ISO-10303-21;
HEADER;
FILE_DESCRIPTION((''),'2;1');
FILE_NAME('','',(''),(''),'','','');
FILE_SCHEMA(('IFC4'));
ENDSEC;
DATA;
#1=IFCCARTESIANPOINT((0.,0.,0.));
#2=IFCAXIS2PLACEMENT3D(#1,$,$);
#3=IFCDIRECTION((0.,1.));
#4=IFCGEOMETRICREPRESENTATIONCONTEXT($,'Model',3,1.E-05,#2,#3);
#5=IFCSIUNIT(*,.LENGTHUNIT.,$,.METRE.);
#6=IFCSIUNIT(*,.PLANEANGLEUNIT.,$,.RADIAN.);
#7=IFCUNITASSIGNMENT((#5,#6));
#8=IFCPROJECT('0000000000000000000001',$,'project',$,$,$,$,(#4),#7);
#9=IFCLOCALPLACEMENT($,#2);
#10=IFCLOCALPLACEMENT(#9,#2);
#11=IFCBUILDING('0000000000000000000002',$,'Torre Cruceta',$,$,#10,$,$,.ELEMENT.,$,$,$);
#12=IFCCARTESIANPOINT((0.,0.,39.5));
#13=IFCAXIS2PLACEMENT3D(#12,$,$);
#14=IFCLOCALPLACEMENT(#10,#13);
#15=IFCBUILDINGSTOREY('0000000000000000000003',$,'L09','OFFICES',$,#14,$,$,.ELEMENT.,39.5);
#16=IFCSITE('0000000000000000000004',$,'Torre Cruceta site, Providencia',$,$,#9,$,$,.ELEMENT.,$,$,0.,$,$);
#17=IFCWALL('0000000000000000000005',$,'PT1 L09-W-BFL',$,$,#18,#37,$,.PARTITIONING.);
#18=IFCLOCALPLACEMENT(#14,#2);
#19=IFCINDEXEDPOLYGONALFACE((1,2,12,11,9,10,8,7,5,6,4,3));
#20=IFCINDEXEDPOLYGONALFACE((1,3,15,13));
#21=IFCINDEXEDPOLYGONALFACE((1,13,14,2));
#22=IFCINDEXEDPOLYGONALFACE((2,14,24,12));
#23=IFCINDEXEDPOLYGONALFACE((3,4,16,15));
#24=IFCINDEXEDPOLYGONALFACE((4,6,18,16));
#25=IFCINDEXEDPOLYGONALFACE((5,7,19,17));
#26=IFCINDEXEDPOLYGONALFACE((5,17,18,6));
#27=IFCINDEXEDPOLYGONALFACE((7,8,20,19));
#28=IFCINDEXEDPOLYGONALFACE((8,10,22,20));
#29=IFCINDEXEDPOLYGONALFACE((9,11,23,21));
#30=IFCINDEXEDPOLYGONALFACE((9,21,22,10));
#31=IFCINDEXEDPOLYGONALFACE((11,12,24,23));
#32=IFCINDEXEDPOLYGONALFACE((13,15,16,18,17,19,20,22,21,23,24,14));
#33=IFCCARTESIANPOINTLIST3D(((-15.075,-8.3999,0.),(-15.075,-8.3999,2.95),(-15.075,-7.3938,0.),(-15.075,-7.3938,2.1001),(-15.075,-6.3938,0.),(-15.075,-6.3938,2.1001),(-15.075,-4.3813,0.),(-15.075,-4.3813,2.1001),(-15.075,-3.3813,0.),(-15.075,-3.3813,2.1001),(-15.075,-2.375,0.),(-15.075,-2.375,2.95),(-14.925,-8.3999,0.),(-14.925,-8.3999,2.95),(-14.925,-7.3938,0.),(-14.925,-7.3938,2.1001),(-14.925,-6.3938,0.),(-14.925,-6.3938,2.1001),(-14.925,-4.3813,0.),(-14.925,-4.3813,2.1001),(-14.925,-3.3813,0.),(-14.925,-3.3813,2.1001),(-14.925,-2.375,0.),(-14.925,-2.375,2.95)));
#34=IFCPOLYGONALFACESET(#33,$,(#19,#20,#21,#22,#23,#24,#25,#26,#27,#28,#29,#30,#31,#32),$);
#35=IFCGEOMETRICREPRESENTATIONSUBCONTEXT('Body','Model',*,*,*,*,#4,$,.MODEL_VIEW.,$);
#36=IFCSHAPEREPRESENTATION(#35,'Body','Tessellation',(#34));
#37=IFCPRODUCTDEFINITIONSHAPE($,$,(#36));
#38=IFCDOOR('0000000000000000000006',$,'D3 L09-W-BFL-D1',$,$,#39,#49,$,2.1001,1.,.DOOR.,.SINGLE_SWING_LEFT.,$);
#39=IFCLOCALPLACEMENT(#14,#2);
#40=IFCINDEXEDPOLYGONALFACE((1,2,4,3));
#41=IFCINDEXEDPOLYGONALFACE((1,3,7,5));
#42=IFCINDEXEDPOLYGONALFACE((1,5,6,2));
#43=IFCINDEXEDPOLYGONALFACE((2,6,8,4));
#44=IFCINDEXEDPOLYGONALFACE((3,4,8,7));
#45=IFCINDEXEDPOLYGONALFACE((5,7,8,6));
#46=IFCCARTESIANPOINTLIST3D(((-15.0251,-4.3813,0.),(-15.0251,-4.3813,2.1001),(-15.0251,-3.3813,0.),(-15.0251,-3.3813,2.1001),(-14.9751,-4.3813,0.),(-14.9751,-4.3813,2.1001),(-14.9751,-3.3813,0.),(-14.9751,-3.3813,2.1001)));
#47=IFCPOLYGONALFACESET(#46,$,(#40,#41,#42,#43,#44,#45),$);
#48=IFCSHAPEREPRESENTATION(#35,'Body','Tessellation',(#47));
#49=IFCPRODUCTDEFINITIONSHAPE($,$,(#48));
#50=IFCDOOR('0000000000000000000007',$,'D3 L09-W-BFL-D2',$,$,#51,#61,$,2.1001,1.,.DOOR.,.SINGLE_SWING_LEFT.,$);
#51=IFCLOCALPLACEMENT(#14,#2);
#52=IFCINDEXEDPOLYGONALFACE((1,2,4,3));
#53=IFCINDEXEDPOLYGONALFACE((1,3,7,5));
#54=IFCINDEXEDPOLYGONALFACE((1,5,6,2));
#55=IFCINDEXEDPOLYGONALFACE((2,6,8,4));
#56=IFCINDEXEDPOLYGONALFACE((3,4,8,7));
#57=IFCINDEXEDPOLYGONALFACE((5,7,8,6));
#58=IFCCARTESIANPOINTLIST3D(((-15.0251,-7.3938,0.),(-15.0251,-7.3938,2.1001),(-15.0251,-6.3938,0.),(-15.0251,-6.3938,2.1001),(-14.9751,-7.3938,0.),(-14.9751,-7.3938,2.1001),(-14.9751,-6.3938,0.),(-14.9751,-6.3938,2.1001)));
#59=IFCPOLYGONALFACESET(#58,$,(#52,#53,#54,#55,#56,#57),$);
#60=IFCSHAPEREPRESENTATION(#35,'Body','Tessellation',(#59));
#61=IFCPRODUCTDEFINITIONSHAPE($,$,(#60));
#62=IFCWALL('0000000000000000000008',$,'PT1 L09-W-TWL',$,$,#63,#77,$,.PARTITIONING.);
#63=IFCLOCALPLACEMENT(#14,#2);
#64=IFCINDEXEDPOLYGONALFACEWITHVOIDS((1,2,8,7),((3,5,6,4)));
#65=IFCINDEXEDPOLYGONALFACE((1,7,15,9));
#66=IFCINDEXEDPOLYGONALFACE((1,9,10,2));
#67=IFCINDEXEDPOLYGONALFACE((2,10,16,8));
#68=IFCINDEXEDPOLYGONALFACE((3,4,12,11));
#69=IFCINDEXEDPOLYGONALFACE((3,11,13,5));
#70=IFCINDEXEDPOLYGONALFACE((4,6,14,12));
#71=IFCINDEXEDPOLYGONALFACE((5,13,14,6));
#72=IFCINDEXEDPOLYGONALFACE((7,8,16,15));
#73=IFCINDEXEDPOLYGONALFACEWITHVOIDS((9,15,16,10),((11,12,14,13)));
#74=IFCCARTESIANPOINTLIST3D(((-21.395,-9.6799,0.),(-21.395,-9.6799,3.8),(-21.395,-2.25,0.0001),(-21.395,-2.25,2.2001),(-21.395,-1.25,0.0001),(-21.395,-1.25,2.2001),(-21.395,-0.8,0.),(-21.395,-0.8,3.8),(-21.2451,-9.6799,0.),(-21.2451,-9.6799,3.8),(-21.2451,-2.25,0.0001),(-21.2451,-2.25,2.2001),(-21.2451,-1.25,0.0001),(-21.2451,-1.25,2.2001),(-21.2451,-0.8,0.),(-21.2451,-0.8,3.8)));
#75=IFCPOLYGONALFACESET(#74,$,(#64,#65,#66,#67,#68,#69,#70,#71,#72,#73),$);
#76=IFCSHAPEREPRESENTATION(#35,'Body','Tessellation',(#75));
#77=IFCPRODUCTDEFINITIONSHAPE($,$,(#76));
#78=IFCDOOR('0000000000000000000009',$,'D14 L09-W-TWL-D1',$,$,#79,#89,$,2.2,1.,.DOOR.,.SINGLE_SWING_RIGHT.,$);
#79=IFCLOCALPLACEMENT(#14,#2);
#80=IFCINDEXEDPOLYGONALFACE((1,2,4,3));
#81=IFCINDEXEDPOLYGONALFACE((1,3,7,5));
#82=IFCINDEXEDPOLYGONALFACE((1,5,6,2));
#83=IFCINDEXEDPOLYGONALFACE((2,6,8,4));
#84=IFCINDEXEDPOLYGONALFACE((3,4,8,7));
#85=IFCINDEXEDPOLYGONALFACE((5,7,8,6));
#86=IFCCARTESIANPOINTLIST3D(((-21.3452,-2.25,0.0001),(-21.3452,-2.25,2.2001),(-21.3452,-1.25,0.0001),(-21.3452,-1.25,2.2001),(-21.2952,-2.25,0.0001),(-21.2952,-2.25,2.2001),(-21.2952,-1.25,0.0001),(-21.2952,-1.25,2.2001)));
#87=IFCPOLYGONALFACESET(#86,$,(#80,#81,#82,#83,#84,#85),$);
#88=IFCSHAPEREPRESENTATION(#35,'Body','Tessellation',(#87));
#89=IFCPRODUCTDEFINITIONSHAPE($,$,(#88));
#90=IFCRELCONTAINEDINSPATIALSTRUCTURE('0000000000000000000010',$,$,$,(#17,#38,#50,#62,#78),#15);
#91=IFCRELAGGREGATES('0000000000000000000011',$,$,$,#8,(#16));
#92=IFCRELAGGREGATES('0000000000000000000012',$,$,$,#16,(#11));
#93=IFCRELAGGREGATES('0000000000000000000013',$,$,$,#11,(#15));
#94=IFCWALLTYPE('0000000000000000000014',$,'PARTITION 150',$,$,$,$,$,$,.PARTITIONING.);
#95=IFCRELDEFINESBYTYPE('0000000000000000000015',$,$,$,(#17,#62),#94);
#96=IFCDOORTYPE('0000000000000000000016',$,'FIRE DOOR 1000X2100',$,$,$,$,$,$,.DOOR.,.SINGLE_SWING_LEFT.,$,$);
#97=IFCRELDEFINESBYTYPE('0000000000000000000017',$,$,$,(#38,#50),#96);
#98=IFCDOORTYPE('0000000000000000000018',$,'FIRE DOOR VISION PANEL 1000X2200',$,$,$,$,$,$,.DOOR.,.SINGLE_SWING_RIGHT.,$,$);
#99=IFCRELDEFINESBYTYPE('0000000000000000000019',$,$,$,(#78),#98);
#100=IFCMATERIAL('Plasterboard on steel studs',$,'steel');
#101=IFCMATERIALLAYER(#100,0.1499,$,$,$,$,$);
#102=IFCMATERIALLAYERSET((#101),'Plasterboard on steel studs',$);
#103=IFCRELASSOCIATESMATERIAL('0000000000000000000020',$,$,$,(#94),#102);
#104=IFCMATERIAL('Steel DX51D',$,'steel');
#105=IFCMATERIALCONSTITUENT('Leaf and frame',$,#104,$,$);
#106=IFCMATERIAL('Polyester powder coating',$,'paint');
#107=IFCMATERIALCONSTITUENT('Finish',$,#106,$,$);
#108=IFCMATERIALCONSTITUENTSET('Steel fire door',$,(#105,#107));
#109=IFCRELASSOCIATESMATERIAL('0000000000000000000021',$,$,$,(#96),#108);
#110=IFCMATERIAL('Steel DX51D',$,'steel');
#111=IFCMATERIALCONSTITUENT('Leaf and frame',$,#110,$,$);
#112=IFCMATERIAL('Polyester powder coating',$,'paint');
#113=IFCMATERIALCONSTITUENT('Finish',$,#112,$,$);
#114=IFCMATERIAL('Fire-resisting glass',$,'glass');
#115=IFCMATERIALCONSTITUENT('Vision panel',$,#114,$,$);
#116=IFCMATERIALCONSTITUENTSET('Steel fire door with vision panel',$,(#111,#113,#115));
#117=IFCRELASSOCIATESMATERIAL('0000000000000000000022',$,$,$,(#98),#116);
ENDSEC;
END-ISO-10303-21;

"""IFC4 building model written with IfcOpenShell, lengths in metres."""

from ifc_helpers import new_model, si_unit, direction, frame, frame_2d, origin, place, context, subcontext, project, spatial, rectangle, extrude, material, layer, layer_set, constituent, constituent_set, type_object, element, fill, save


model = new_model("IFC4")

# Units and contexts
model_context = context("Model", 3, precision=1e-05, world=origin(), true_north=direction((0.0, 1.0)))
body_context = subcontext(model_context, "Body", "Model", "MODEL_VIEW")
ifc_project = project(units=[si_unit("LENGTHUNIT", "METRE"), si_unit("PLANEANGLEUNIT", "RADIAN")], contexts=[model_context])

# Site, building, storey
site_placement = place(None, origin())
site = spatial("IfcSite", under=ifc_project, at=site_placement, Name="Torre Cruceta site, Providencia", CompositionType="ELEMENT", RefElevation=0.0)
building_placement = place(site_placement, origin())
building = spatial("IfcBuilding", under=site, at=building_placement, Name="Torre Cruceta", CompositionType="ELEMENT")
storey_placement = place(building_placement, frame((0.0, 0.0, 39.5)))
storey = spatial("IfcBuildingStorey", under=building, at=storey_placement, Name="L09", Description="OFFICES", CompositionType="ELEMENT", Elevation=39.5)

# Wall, openings, doors
ifc_material_1 = material(Name="Plasterboard on steel studs", Category="steel")
ifc_layer_1 = layer(ifc_material_1, 0.1499)
ifc_layer_set_1 = layer_set([ifc_layer_1], Name="Plasterboard on steel studs")
wall_type_1 = type_object("IfcWallType", Name="PARTITION 150", PredefinedType="PARTITIONING", material=ifc_layer_set_1)
wall_1_placement = place(storey_placement, frame((-15.0, -2.375, 0.0), z_axis=(0.0, 0.0, 1.0), x_axis=(0.0, -1.0, 0.0)))
wall_1 = element("IfcWall", 1, at=wall_1_placement, inside=storey, type_object=wall_type_1, Name="PT1 L09-W-BFL", PredefinedType="PARTITIONING", context=body_context, shape_type="SweptSolid", body=[
    extrude(rectangle(XDim=6.0249, YDim=0.1499, at=frame_2d((3.0125, 0.0))), origin(), (0.0, 0.0, 1.0), 2.95),
])
opening_1_placement = place(wall_1_placement, frame((1.0063, 0.0, 0.0)))
opening_1 = element("IfcOpeningElement", 2, at=opening_1_placement, cuts=wall_1, PredefinedType="OPENING", context=body_context, shape_type="SweptSolid", body=[
    extrude(rectangle(XDim=1.0, YDim=2.1001, at=frame_2d((0.5, 1.05))), frame((0.0, 0.085, 0.0), z_axis=(0.0, -1.0, 0.0), x_axis=(1.0, 0.0, 0.0)), (0.0, 0.0, 1.0), 0.1699),
])
opening_2_placement = place(wall_1_placement, frame((4.0188, 0.0, 0.0)))
opening_2 = element("IfcOpeningElement", 3, at=opening_2_placement, cuts=wall_1, PredefinedType="OPENING", context=body_context, shape_type="SweptSolid", body=[
    extrude(rectangle(XDim=1.0, YDim=2.1001, at=frame_2d((0.5, 1.05))), frame((0.0, 0.085, 0.0), z_axis=(0.0, -1.0, 0.0), x_axis=(1.0, 0.0, 0.0)), (0.0, 0.0, 1.0), 0.1699),
])
ifc_material_2 = material(Name="Steel DX51D", Category="steel")
ifc_constituent_1 = constituent(ifc_material_2, Name="Leaf and frame")
ifc_material_3 = material(Name="Polyester powder coating", Category="paint")
ifc_constituent_2 = constituent(ifc_material_3, Name="Finish")
ifc_constituent_set_1 = constituent_set(constituents=[ifc_constituent_1, ifc_constituent_2], Name="Steel fire door")
door_type_1 = type_object("IfcDoorType", Name="FIRE DOOR 1000X2100", OperationType="SINGLE_SWING_LEFT", PredefinedType="DOOR", material=ifc_constituent_set_1)
door_1_placement = place(opening_1_placement, origin())
door_1 = element("IfcDoor", 4, at=door_1_placement, inside=storey, type_object=door_type_1, Name="D3 L09-W-BFL-D1", OperationType="SINGLE_SWING_LEFT", OverallHeight=2.1001, OverallWidth=1.0, PredefinedType="DOOR", context=body_context, shape_type="SweptSolid", body=[
    extrude(rectangle(XDim=1.0, YDim=2.1001, at=frame_2d((0.5, 1.05))), frame((0.0, 0.0249, 0.0), z_axis=(0.0, -1.0, 0.0), x_axis=(1.0, 0.0, 0.0)), (0.0, 0.0, 1.0), 0.05),
])
fill(opening_1, door_1)
door_2_placement = place(opening_2_placement, origin())
door_2 = element("IfcDoor", 5, at=door_2_placement, inside=storey, type_object=door_type_1, Name="D3 L09-W-BFL-D2", OperationType="SINGLE_SWING_LEFT", OverallHeight=2.1001, OverallWidth=1.0, PredefinedType="DOOR", context=body_context, shape_type="SweptSolid", body=[
    extrude(rectangle(XDim=1.0, YDim=2.1001, at=frame_2d((0.5, 1.05))), frame((0.0, 0.0249, 0.0), z_axis=(0.0, -1.0, 0.0), x_axis=(1.0, 0.0, 0.0)), (0.0, 0.0, 1.0), 0.05),
])
fill(opening_2, door_2)

# Wall, opening, door
wall_2_placement = place(storey_placement, frame((-21.3201, -0.8, 0.0), z_axis=(0.0, 0.0, 1.0), x_axis=(0.0, -1.0, 0.0)))
wall_2 = element("IfcWall", 6, at=wall_2_placement, inside=storey, type_object=wall_type_1, Name="PT1 L09-W-TWL", PredefinedType="PARTITIONING", context=body_context, shape_type="SweptSolid", body=[
    extrude(rectangle(XDim=8.8799, YDim=0.1499, at=frame_2d((4.4399, 0.0))), origin(), (0.0, 0.0, 1.0), 3.8),
])
opening_3_placement = place(wall_2_placement, frame((0.45, 0.0, 0.0)))
opening_3 = element("IfcOpeningElement", 7, at=opening_3_placement, cuts=wall_2, PredefinedType="OPENING", context=body_context, shape_type="SweptSolid", body=[
    extrude(rectangle(XDim=1.0, YDim=2.2, at=frame_2d((0.5, 1.1001))), frame((0.0, 0.085, 0.0), z_axis=(0.0, -1.0, 0.0), x_axis=(1.0, 0.0, 0.0)), (0.0, 0.0, 1.0), 0.1699),
])
ifc_material_4 = material(Name="Steel DX51D", Category="steel")
ifc_constituent_3 = constituent(ifc_material_4, Name="Leaf and frame")
ifc_material_5 = material(Name="Polyester powder coating", Category="paint")
ifc_constituent_4 = constituent(ifc_material_5, Name="Finish")
ifc_material_6 = material(Name="Fire-resisting glass", Category="glass")
ifc_constituent_5 = constituent(ifc_material_6, Name="Vision panel")
ifc_constituent_set_2 = constituent_set(constituents=[ifc_constituent_3, ifc_constituent_4, ifc_constituent_5], Name="Steel fire door with vision panel")
door_type_2 = type_object("IfcDoorType", Name="FIRE DOOR VISION PANEL 1000X2200", OperationType="SINGLE_SWING_RIGHT", PredefinedType="DOOR", material=ifc_constituent_set_2)
door_3_placement = place(opening_3_placement, frame((1.0, 0.0, 0.0), z_axis=(0.0, 0.0, 1.0), x_axis=(-1.0, 0.0, 0.0)))
door_3 = element("IfcDoor", 8, at=door_3_placement, inside=storey, type_object=door_type_2, Name="D14 L09-W-TWL-D1", OperationType="SINGLE_SWING_RIGHT", OverallHeight=2.2, OverallWidth=1.0, PredefinedType="DOOR", context=body_context, shape_type="SweptSolid", body=[
    extrude(rectangle(XDim=1.0, YDim=2.2, at=frame_2d((0.5, 1.1001))), frame((0.0, 0.0251, 0.0), z_axis=(0.0, -1.0, 0.0), x_axis=(1.0, 0.0, 0.0)), (0.0, 0.0, 1.0), 0.05),
])
fill(opening_3, door_3)

save(model, "model.ifc")
